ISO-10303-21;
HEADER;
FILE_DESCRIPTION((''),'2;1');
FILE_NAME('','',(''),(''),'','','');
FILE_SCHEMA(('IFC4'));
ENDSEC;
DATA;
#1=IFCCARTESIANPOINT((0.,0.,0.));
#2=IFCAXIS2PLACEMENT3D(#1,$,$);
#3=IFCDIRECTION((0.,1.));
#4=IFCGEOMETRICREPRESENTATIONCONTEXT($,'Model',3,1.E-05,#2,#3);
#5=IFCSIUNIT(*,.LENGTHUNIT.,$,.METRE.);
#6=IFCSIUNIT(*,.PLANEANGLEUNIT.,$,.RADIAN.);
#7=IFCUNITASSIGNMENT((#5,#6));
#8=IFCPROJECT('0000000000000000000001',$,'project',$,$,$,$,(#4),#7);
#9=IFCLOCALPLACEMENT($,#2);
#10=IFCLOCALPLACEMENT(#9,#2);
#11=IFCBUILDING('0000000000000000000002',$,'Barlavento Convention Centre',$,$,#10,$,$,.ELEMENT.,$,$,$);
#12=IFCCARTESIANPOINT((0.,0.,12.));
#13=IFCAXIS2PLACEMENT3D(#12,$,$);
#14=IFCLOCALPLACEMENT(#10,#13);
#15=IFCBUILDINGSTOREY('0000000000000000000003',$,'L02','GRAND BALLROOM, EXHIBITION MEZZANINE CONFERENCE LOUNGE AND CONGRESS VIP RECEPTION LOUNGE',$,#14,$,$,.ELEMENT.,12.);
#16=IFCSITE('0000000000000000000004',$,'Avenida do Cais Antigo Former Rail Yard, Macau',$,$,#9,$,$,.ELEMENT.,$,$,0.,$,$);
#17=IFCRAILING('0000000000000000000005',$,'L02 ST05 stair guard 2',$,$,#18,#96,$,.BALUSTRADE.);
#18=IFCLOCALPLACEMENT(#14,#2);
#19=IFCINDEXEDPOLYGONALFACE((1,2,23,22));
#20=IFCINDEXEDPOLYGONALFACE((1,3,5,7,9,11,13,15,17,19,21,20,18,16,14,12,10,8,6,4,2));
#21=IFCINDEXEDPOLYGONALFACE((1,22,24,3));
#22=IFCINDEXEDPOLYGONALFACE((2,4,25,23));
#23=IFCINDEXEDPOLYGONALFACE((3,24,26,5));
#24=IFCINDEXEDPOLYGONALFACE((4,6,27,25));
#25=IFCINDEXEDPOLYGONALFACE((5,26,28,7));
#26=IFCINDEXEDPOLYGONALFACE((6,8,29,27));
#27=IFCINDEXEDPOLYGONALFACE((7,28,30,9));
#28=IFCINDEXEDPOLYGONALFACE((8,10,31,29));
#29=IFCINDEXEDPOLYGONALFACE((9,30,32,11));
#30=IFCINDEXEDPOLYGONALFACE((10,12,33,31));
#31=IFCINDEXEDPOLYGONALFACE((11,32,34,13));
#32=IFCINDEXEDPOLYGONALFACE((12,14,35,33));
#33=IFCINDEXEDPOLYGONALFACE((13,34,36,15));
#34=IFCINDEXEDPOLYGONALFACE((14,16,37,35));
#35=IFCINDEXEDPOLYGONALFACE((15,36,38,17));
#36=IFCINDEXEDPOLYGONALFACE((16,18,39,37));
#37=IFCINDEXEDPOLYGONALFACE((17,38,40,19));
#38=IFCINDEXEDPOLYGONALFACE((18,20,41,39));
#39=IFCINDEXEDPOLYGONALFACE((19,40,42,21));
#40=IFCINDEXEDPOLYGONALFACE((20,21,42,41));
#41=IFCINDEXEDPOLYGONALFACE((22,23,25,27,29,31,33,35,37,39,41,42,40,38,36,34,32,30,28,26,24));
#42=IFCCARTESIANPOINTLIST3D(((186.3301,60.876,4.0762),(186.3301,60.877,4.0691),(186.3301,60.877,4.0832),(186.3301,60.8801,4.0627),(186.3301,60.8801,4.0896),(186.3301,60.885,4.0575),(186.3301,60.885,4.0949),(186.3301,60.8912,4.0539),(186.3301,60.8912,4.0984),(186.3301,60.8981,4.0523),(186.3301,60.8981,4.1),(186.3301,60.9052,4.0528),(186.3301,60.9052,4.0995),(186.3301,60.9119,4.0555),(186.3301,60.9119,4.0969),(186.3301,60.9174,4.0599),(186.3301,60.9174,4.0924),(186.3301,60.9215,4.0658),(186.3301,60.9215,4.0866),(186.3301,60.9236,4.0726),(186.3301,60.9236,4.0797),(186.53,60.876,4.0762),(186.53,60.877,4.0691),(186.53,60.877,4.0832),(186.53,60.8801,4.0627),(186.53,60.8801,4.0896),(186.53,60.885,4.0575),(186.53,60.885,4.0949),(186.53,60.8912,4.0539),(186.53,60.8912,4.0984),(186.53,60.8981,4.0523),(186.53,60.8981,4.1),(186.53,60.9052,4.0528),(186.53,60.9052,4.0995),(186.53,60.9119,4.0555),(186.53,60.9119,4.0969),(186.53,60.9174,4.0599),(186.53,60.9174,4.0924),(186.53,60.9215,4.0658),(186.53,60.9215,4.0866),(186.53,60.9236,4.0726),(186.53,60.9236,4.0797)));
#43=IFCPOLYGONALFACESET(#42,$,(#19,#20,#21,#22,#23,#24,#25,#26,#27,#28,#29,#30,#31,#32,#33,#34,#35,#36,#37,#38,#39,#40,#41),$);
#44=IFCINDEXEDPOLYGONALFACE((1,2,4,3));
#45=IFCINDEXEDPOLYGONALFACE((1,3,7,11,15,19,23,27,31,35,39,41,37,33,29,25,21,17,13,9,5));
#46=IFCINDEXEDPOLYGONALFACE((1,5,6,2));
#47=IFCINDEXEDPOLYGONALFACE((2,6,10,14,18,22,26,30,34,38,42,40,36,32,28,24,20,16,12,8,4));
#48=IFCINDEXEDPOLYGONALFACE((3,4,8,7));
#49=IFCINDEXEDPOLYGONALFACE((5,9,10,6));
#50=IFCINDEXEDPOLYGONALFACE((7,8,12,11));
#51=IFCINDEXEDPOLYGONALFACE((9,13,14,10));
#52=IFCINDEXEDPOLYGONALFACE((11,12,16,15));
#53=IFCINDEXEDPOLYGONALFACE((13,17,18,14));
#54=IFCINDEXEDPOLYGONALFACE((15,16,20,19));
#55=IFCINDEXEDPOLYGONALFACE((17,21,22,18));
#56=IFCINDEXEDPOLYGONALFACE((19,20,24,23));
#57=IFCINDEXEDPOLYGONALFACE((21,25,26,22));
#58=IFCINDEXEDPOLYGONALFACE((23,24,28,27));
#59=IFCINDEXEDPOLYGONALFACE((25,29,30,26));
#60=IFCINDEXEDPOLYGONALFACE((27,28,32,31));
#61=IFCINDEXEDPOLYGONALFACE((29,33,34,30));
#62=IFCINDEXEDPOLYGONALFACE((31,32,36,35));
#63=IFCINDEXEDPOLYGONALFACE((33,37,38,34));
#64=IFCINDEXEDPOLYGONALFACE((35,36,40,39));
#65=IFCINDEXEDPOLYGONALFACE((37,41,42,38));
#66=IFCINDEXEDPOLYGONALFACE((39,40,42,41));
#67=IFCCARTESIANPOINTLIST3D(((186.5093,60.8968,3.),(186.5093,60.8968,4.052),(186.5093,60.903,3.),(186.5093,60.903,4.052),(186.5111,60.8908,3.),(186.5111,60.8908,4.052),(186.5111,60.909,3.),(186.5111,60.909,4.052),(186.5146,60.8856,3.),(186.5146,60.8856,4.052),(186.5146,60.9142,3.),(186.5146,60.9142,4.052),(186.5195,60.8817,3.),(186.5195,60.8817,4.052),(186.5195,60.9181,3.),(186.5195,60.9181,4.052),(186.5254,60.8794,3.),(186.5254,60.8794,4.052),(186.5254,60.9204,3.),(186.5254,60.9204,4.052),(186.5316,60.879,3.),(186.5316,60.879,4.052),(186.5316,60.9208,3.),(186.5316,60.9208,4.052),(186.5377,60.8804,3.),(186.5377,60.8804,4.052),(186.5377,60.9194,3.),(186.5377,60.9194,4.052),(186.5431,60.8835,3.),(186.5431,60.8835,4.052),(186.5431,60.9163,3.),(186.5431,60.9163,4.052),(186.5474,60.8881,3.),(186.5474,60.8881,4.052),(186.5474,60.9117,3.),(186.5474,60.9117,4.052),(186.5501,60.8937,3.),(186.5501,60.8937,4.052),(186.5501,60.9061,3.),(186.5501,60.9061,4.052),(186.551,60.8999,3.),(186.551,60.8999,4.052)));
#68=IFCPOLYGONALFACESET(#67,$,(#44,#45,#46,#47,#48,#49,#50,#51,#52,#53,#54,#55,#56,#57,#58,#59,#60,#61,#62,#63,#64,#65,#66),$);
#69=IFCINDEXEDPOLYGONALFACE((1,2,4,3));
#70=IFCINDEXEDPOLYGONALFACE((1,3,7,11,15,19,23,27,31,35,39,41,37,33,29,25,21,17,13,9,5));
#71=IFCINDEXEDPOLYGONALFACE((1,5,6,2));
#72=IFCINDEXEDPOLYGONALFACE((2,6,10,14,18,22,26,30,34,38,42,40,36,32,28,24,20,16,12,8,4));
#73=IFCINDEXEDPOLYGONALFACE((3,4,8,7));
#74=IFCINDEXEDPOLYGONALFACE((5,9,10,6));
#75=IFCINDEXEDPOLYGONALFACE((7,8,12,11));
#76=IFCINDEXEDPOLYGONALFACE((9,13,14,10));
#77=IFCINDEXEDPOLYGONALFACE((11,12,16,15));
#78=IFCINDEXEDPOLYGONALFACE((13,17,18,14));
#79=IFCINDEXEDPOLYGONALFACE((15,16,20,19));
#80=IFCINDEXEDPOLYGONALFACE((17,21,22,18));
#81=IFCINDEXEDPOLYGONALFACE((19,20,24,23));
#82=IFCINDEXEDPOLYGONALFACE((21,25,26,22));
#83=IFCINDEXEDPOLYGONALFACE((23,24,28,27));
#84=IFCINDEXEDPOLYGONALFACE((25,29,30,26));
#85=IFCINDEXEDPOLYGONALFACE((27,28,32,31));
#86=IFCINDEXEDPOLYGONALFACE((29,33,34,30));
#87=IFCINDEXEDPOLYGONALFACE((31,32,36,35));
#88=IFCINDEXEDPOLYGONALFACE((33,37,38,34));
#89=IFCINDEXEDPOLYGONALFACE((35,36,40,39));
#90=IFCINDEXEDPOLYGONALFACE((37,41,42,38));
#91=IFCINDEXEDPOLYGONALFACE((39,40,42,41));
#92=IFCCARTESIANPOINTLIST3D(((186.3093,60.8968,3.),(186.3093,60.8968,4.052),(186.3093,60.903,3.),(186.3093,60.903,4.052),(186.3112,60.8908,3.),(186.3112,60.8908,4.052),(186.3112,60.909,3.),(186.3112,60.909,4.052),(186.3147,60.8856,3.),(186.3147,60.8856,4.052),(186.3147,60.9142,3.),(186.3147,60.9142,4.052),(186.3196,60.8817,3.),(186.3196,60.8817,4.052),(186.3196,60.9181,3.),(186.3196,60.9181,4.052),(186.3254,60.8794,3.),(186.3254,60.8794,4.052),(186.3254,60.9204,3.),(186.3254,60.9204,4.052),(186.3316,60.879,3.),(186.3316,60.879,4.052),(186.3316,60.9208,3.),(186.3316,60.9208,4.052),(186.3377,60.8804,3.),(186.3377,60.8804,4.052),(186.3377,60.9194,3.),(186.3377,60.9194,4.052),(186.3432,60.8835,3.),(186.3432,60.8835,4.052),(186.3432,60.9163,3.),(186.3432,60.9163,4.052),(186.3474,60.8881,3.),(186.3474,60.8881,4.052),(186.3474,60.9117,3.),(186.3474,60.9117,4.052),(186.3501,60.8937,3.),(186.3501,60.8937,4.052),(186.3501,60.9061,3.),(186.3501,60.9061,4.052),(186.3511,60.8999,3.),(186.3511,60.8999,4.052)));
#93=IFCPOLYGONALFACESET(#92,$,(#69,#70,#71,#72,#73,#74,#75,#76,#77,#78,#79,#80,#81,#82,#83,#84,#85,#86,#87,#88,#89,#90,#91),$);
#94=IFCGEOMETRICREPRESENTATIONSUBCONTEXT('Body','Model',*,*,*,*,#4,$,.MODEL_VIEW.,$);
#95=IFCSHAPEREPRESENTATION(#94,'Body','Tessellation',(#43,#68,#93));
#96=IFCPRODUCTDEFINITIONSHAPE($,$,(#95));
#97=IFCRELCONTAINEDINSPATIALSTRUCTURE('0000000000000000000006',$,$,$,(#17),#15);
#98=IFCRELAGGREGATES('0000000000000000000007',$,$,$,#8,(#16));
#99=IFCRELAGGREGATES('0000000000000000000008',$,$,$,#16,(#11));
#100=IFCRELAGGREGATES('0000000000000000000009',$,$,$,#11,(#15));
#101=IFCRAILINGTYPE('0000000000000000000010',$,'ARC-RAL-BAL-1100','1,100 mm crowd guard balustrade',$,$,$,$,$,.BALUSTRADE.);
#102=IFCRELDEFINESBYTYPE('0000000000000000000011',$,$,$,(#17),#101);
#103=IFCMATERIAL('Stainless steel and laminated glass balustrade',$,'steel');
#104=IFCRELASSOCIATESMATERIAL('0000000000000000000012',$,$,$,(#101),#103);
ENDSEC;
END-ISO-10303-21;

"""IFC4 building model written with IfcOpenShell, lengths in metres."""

from ifc_helpers import new_model, si_unit, direction, frame, origin, origin_2d, place, context, subcontext, project, spatial, circle, extrude, material, type_object, element, save


model = new_model("IFC4")

# Units and contexts
model_context = context("Model", 3, precision=1e-05, world=origin(), true_north=direction((0.0, 1.0)))
body_context = subcontext(model_context, "Body", "Model", "MODEL_VIEW")
ifc_project = project(units=[si_unit("LENGTHUNIT", "METRE"), si_unit("PLANEANGLEUNIT", "RADIAN")], contexts=[model_context])

# Site, building, storey
site_placement = place(None, origin())
site = spatial("IfcSite", under=ifc_project, at=site_placement, Name="Avenida do Cais Antigo Former Rail Yard, Macau", CompositionType="ELEMENT", RefElevation=0.0)
building_placement = place(site_placement, origin())
building = spatial("IfcBuilding", under=site, at=building_placement, Name="Barlavento Convention Centre", CompositionType="ELEMENT")
storey_placement = place(building_placement, frame((0.0, 0.0, 12.0)))
storey = spatial("IfcBuildingStorey", under=building, at=storey_placement, Name="L02", Description="GRAND BALLROOM, EXHIBITION MEZZANINE CONFERENCE LOUNGE AND CONGRESS VIP RECEPTION LOUNGE", CompositionType="ELEMENT", Elevation=12.0)

# Railing
ifc_material_1 = material(Name="Stainless steel and laminated glass balustrade", Category="steel")
railing_type_1 = type_object("IfcRailingType", Name="ARC-RAL-BAL-1100", Description="1,100 mm crowd guard balustrade", PredefinedType="BALUSTRADE", material=ifc_material_1)
railing_1_placement = place(storey_placement, frame((186.53, 60.8999, 3.0)))
element("IfcRailing", 1, at=railing_1_placement, inside=storey, type_object=railing_type_1, Name="L02 ST05 stair guard 2", PredefinedType="BALUSTRADE", context=body_context, shape_type="SweptSolid", body=[
    extrude(circle(Radius=0.0239, at=origin_2d()), frame((0.0, 0.0, 1.0762), z_axis=(-1.0, 0.0, 0.0), x_axis=(0.0, -1.0, 0.0)), (0.0, 0.0, 1.0), 0.2),
    extrude(circle(Radius=0.021, at=origin_2d()), origin(), (0.0, 0.0, 1.0), 1.052),
    extrude(circle(Radius=0.021, at=origin_2d()), frame((-0.2, 0.0, 0.0)), (0.0, 0.0, 1.0), 1.052),
])

save(model, "model.ifc")
